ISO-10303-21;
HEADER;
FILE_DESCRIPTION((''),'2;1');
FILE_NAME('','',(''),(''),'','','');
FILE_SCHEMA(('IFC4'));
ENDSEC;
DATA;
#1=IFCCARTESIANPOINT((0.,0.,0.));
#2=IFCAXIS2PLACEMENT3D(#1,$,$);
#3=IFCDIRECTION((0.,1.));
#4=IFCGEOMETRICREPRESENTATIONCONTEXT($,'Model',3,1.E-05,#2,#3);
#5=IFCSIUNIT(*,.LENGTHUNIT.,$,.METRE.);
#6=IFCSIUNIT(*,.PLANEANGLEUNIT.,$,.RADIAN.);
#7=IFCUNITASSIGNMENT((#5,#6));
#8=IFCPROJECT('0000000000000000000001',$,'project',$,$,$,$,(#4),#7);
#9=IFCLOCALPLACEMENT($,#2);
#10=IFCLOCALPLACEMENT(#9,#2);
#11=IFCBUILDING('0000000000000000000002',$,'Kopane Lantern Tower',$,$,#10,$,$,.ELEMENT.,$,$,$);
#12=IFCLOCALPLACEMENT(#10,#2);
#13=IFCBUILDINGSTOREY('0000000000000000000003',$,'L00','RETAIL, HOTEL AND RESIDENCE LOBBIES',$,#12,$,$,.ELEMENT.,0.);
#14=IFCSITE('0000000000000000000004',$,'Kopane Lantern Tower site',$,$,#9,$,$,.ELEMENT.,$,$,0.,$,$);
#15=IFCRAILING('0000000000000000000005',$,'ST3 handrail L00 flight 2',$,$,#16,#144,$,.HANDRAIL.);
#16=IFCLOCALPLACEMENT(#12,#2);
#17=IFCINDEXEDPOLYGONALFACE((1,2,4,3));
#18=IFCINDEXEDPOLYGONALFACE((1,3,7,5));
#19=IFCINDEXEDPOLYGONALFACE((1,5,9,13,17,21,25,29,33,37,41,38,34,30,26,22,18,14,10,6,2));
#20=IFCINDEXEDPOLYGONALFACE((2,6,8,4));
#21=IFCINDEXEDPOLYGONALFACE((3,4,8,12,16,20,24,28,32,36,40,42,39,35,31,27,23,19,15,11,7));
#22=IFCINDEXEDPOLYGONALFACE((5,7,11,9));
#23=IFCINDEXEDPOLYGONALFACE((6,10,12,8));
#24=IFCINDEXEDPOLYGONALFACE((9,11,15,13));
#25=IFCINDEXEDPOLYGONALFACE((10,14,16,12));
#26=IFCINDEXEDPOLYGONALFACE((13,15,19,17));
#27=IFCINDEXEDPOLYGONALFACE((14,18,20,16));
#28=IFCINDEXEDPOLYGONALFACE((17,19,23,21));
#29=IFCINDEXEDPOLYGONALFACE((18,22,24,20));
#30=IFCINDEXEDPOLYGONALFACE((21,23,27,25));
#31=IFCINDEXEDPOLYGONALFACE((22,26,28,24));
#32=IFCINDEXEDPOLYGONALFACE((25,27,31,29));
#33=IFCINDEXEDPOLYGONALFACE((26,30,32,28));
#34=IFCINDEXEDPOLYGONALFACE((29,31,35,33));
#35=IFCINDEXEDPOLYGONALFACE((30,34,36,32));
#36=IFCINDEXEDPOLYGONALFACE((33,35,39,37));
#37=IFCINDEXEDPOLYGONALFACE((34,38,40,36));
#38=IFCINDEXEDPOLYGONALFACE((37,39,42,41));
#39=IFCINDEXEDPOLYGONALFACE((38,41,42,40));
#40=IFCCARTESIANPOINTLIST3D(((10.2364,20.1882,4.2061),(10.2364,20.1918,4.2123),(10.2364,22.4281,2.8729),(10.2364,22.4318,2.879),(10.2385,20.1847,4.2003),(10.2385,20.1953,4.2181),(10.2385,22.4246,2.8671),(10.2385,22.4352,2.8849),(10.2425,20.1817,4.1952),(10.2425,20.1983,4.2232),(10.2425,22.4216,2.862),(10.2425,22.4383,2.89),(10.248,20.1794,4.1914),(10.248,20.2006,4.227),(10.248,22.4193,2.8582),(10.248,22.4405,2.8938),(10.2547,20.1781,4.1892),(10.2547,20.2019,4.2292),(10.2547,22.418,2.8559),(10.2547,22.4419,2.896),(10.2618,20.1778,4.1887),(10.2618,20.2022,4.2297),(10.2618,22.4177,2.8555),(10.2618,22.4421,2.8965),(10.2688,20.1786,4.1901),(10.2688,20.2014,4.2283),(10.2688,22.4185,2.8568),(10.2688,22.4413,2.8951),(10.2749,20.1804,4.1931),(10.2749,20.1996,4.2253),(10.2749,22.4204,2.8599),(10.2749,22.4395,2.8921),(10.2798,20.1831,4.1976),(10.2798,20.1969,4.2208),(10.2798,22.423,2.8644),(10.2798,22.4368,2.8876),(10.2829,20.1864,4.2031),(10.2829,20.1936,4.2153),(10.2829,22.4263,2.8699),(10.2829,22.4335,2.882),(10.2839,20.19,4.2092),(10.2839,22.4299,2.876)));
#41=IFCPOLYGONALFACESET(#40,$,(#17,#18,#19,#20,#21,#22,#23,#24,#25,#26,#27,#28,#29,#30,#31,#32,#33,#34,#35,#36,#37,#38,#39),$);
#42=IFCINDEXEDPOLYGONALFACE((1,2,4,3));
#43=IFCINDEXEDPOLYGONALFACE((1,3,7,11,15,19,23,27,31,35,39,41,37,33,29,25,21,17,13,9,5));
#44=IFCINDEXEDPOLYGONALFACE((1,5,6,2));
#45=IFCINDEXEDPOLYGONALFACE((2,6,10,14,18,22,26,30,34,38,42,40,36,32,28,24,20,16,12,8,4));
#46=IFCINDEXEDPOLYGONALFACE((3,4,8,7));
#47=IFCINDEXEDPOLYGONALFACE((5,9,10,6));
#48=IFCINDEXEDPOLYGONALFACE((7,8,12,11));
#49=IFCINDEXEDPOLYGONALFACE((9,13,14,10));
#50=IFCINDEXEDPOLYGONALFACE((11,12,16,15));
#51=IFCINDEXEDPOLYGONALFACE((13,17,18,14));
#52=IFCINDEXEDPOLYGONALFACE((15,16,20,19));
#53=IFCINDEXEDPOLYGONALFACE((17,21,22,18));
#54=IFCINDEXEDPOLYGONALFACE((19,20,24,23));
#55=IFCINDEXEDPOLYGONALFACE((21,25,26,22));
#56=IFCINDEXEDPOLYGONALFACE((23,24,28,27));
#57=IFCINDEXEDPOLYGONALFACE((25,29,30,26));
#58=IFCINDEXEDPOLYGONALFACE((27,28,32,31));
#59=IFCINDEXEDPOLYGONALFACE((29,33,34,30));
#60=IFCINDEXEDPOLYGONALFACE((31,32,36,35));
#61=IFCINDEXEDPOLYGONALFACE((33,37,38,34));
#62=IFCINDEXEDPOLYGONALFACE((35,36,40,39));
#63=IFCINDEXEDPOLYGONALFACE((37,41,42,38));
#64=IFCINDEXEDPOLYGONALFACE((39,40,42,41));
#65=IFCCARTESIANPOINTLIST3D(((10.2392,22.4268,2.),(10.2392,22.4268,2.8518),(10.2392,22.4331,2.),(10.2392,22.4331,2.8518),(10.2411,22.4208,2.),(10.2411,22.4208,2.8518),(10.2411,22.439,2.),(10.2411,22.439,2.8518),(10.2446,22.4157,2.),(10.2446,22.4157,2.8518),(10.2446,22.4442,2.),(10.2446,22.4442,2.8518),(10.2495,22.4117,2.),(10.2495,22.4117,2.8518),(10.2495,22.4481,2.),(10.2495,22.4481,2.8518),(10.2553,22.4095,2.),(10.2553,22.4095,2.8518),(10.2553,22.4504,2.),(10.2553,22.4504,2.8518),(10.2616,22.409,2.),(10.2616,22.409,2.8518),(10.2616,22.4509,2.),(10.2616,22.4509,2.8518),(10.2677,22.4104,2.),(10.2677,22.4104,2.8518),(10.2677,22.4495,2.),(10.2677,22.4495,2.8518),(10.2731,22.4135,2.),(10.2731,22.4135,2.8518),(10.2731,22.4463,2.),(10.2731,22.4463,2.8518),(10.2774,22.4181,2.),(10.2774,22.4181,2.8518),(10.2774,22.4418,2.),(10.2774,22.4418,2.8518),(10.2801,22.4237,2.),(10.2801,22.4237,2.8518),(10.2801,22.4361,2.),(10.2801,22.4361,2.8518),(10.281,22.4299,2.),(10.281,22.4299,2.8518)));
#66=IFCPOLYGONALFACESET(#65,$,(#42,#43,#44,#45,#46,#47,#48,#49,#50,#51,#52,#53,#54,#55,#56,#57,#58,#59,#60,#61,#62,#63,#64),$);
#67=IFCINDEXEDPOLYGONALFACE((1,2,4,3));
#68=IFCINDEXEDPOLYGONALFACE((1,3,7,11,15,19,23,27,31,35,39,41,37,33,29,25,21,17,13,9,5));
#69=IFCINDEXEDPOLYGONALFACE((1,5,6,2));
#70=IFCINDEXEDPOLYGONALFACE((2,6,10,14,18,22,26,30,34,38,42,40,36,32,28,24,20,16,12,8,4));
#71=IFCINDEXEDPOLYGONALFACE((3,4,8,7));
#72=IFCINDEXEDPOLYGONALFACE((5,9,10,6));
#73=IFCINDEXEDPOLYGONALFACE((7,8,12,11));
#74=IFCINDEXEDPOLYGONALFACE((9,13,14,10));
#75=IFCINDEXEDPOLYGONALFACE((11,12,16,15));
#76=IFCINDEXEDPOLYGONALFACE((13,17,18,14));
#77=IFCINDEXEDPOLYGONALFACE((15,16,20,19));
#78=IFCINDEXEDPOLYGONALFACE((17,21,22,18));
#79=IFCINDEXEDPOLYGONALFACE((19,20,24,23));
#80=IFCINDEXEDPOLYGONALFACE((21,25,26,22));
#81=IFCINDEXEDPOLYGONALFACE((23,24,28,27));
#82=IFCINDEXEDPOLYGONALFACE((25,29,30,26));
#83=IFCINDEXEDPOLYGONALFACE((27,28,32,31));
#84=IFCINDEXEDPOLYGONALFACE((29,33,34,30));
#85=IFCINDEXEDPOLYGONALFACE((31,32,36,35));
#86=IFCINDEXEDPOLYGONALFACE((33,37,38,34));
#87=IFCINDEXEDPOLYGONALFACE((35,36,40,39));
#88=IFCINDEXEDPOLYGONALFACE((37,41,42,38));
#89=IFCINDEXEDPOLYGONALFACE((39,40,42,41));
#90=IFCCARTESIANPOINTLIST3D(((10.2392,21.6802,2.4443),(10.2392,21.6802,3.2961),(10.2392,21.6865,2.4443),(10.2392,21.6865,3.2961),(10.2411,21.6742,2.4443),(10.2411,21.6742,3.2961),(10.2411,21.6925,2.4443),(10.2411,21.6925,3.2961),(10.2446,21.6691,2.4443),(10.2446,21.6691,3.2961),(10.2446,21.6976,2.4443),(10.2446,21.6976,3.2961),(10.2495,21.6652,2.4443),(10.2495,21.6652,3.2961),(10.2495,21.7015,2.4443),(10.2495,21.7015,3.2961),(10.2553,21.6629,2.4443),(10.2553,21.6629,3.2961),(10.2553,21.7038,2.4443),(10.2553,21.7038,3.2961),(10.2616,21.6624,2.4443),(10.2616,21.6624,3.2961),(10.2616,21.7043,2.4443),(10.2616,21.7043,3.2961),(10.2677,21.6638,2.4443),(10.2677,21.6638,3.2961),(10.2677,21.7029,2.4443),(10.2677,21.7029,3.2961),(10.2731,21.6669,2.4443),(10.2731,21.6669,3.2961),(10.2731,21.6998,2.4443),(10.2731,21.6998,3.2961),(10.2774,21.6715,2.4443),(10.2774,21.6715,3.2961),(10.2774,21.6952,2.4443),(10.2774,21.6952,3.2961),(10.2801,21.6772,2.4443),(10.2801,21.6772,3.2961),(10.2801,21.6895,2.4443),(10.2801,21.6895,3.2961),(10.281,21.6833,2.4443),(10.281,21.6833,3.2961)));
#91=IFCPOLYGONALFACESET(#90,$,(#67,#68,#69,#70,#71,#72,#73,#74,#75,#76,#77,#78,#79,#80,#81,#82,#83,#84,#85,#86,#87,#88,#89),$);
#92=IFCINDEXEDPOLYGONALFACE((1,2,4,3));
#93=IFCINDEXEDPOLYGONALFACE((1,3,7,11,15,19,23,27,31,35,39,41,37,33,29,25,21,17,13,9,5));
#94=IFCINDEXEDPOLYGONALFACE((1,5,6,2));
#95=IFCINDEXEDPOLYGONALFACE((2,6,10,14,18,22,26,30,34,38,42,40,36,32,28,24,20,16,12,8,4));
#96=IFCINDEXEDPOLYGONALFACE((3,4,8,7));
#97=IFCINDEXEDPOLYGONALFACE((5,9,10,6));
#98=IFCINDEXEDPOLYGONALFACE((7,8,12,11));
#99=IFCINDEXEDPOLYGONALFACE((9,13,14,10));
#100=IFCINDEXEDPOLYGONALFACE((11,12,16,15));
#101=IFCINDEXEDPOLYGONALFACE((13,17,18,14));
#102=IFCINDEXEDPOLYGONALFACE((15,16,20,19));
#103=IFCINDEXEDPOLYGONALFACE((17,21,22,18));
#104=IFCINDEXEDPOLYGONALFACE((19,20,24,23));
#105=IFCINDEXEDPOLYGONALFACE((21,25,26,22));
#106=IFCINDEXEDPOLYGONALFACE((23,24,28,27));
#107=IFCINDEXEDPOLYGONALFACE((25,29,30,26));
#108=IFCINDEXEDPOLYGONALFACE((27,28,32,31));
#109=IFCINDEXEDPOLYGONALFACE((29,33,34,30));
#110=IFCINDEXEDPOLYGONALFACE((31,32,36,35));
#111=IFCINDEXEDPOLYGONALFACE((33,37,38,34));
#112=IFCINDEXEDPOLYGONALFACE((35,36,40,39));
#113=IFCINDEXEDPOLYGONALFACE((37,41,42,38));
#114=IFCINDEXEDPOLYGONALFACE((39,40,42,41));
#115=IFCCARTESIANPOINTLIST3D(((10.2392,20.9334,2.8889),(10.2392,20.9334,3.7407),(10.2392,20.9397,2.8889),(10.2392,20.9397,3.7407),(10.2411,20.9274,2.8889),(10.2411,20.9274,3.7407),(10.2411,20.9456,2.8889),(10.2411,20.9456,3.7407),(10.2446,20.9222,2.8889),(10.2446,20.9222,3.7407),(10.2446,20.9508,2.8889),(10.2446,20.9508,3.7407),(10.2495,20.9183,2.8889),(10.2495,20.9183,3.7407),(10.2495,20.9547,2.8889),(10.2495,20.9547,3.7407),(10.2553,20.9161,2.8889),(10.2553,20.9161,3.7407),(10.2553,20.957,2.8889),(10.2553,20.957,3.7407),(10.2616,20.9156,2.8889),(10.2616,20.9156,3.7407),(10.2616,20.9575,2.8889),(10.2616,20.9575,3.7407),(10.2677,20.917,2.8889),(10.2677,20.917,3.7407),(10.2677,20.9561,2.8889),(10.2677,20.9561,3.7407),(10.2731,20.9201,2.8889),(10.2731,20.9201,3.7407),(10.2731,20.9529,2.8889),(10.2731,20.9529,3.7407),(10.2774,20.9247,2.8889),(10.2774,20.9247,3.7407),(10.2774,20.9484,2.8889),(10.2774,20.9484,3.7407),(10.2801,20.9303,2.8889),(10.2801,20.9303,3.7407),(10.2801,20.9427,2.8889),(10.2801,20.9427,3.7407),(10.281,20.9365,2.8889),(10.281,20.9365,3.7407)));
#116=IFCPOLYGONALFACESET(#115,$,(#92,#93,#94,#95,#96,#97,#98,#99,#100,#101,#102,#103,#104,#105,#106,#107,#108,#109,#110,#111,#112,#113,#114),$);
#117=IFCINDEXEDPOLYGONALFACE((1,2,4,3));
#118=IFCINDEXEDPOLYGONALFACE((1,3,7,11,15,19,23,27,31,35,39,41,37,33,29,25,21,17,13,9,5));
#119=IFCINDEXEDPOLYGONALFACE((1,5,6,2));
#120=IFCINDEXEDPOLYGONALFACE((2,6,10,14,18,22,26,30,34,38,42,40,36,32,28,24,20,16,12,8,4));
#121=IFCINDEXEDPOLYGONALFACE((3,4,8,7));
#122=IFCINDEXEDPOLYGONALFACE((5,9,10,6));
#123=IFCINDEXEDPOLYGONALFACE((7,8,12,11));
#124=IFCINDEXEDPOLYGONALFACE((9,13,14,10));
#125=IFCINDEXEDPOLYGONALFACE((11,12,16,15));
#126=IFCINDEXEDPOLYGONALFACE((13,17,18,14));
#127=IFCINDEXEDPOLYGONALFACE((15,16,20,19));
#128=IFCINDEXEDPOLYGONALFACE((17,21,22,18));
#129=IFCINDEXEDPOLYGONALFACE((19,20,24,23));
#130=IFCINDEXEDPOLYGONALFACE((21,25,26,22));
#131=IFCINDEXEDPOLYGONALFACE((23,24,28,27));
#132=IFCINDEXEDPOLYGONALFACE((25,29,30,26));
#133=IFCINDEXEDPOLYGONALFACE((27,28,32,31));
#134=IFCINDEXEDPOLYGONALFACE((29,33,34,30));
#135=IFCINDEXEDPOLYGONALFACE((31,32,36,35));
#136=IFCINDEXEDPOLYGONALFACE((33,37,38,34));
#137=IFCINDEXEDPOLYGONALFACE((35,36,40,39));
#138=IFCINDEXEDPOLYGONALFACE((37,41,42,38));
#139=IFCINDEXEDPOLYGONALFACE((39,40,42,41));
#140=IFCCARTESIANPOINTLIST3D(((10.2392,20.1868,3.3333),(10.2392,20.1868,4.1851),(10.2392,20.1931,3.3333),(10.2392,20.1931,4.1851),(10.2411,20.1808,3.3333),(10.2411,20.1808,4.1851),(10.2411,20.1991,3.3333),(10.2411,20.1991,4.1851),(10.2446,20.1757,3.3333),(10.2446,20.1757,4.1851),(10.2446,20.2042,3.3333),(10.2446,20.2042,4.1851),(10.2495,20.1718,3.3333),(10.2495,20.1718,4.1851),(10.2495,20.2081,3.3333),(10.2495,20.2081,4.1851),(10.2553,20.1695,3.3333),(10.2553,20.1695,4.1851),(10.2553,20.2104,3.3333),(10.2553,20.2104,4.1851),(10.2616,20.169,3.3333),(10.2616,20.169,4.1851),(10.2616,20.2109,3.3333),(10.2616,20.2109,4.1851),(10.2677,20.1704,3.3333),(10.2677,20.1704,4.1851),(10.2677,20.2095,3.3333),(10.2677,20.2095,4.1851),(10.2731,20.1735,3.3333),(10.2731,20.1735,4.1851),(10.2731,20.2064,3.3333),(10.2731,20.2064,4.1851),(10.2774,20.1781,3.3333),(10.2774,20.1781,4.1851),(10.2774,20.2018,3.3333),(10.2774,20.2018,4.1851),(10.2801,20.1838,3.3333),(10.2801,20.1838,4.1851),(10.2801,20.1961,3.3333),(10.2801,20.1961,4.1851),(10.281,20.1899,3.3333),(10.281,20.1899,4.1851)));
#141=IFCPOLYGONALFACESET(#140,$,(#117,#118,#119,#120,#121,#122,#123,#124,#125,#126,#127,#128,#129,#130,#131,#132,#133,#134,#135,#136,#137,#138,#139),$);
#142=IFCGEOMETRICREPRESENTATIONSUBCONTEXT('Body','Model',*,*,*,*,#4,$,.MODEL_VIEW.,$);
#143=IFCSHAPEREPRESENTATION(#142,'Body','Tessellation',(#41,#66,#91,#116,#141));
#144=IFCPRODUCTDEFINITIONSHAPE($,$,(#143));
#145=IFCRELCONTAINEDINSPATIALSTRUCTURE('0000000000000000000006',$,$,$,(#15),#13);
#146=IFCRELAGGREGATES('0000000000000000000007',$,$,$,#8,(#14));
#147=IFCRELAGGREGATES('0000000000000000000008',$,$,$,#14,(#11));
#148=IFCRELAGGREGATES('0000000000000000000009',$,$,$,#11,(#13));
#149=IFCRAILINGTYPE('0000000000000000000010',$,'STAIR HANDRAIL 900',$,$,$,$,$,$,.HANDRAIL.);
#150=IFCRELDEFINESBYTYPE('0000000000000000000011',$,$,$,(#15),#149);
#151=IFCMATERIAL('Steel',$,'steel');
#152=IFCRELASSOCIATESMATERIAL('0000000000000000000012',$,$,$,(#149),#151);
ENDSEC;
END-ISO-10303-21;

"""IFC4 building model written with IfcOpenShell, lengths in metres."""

from ifc_helpers import new_model, si_unit, direction, frame, origin, origin_2d, place, context, subcontext, project, spatial, circle, extrude, material, type_object, element, save


model = new_model("IFC4")

# Units and contexts
model_context = context("Model", 3, precision=1e-05, world=origin(), true_north=direction((0.0, 1.0)))
body_context = subcontext(model_context, "Body", "Model", "MODEL_VIEW")
ifc_project = project(units=[si_unit("LENGTHUNIT", "METRE"), si_unit("PLANEANGLEUNIT", "RADIAN")], contexts=[model_context])

# Site, building, storey
site_placement = place(None, origin())
site = spatial("IfcSite", under=ifc_project, at=site_placement, Name="Kopane Lantern Tower site", CompositionType="ELEMENT", RefElevation=0.0)
building_placement = place(site_placement, origin())
building = spatial("IfcBuilding", under=site, at=building_placement, Name="Kopane Lantern Tower", CompositionType="ELEMENT")
storey_placement = place(building_placement, origin())
storey = spatial("IfcBuildingStorey", under=building, at=storey_placement, Name="L00", Description="RETAIL, HOTEL AND RESIDENCE LOBBIES", CompositionType="ELEMENT", Elevation=0.0)

# Railing
ifc_material_1 = material(Name="Steel", Category="steel")
railing_type_1 = type_object("IfcRailingType", Name="STAIR HANDRAIL 900", PredefinedType="HANDRAIL", material=ifc_material_1)
for number, where, name in (
    (1, (10.26, 22.4299, 2.0), "ST3 handrail L00 flight 2"),
):
    element("IfcRailing", number, at=place(storey_placement, frame(where)), inside=storey, type_object=railing_type_1, Name=name, PredefinedType="HANDRAIL", context=body_context, shape_type="SweptSolid", body=[
        extrude(circle(Radius=0.0239, at=origin_2d()), frame((0.0, 0.0, 0.876), z_axis=(0.0, -0.859306, 0.511462), x_axis=(1.0, 0.0, 0.0)), (0.0, 0.0, 1.0), 2.6067),
        extrude(circle(Radius=0.021, at=origin_2d()), origin(), (0.0, 0.0, 1.0), 0.8518),
        extrude(circle(Radius=0.021, at=origin_2d()), frame((0.0, -0.7466, 0.4443)), (0.0, 0.0, 1.0), 0.8518),
        extrude(circle(Radius=0.021, at=origin_2d()), frame((0.0, -1.4934, 0.8889)), (0.0, 0.0, 1.0), 0.8518),
        extrude(circle(Radius=0.021, at=origin_2d()), frame((0.0, -2.24, 1.3333)), (0.0, 0.0, 1.0), 0.8518),
    ])

save(model, "model.ifc")
